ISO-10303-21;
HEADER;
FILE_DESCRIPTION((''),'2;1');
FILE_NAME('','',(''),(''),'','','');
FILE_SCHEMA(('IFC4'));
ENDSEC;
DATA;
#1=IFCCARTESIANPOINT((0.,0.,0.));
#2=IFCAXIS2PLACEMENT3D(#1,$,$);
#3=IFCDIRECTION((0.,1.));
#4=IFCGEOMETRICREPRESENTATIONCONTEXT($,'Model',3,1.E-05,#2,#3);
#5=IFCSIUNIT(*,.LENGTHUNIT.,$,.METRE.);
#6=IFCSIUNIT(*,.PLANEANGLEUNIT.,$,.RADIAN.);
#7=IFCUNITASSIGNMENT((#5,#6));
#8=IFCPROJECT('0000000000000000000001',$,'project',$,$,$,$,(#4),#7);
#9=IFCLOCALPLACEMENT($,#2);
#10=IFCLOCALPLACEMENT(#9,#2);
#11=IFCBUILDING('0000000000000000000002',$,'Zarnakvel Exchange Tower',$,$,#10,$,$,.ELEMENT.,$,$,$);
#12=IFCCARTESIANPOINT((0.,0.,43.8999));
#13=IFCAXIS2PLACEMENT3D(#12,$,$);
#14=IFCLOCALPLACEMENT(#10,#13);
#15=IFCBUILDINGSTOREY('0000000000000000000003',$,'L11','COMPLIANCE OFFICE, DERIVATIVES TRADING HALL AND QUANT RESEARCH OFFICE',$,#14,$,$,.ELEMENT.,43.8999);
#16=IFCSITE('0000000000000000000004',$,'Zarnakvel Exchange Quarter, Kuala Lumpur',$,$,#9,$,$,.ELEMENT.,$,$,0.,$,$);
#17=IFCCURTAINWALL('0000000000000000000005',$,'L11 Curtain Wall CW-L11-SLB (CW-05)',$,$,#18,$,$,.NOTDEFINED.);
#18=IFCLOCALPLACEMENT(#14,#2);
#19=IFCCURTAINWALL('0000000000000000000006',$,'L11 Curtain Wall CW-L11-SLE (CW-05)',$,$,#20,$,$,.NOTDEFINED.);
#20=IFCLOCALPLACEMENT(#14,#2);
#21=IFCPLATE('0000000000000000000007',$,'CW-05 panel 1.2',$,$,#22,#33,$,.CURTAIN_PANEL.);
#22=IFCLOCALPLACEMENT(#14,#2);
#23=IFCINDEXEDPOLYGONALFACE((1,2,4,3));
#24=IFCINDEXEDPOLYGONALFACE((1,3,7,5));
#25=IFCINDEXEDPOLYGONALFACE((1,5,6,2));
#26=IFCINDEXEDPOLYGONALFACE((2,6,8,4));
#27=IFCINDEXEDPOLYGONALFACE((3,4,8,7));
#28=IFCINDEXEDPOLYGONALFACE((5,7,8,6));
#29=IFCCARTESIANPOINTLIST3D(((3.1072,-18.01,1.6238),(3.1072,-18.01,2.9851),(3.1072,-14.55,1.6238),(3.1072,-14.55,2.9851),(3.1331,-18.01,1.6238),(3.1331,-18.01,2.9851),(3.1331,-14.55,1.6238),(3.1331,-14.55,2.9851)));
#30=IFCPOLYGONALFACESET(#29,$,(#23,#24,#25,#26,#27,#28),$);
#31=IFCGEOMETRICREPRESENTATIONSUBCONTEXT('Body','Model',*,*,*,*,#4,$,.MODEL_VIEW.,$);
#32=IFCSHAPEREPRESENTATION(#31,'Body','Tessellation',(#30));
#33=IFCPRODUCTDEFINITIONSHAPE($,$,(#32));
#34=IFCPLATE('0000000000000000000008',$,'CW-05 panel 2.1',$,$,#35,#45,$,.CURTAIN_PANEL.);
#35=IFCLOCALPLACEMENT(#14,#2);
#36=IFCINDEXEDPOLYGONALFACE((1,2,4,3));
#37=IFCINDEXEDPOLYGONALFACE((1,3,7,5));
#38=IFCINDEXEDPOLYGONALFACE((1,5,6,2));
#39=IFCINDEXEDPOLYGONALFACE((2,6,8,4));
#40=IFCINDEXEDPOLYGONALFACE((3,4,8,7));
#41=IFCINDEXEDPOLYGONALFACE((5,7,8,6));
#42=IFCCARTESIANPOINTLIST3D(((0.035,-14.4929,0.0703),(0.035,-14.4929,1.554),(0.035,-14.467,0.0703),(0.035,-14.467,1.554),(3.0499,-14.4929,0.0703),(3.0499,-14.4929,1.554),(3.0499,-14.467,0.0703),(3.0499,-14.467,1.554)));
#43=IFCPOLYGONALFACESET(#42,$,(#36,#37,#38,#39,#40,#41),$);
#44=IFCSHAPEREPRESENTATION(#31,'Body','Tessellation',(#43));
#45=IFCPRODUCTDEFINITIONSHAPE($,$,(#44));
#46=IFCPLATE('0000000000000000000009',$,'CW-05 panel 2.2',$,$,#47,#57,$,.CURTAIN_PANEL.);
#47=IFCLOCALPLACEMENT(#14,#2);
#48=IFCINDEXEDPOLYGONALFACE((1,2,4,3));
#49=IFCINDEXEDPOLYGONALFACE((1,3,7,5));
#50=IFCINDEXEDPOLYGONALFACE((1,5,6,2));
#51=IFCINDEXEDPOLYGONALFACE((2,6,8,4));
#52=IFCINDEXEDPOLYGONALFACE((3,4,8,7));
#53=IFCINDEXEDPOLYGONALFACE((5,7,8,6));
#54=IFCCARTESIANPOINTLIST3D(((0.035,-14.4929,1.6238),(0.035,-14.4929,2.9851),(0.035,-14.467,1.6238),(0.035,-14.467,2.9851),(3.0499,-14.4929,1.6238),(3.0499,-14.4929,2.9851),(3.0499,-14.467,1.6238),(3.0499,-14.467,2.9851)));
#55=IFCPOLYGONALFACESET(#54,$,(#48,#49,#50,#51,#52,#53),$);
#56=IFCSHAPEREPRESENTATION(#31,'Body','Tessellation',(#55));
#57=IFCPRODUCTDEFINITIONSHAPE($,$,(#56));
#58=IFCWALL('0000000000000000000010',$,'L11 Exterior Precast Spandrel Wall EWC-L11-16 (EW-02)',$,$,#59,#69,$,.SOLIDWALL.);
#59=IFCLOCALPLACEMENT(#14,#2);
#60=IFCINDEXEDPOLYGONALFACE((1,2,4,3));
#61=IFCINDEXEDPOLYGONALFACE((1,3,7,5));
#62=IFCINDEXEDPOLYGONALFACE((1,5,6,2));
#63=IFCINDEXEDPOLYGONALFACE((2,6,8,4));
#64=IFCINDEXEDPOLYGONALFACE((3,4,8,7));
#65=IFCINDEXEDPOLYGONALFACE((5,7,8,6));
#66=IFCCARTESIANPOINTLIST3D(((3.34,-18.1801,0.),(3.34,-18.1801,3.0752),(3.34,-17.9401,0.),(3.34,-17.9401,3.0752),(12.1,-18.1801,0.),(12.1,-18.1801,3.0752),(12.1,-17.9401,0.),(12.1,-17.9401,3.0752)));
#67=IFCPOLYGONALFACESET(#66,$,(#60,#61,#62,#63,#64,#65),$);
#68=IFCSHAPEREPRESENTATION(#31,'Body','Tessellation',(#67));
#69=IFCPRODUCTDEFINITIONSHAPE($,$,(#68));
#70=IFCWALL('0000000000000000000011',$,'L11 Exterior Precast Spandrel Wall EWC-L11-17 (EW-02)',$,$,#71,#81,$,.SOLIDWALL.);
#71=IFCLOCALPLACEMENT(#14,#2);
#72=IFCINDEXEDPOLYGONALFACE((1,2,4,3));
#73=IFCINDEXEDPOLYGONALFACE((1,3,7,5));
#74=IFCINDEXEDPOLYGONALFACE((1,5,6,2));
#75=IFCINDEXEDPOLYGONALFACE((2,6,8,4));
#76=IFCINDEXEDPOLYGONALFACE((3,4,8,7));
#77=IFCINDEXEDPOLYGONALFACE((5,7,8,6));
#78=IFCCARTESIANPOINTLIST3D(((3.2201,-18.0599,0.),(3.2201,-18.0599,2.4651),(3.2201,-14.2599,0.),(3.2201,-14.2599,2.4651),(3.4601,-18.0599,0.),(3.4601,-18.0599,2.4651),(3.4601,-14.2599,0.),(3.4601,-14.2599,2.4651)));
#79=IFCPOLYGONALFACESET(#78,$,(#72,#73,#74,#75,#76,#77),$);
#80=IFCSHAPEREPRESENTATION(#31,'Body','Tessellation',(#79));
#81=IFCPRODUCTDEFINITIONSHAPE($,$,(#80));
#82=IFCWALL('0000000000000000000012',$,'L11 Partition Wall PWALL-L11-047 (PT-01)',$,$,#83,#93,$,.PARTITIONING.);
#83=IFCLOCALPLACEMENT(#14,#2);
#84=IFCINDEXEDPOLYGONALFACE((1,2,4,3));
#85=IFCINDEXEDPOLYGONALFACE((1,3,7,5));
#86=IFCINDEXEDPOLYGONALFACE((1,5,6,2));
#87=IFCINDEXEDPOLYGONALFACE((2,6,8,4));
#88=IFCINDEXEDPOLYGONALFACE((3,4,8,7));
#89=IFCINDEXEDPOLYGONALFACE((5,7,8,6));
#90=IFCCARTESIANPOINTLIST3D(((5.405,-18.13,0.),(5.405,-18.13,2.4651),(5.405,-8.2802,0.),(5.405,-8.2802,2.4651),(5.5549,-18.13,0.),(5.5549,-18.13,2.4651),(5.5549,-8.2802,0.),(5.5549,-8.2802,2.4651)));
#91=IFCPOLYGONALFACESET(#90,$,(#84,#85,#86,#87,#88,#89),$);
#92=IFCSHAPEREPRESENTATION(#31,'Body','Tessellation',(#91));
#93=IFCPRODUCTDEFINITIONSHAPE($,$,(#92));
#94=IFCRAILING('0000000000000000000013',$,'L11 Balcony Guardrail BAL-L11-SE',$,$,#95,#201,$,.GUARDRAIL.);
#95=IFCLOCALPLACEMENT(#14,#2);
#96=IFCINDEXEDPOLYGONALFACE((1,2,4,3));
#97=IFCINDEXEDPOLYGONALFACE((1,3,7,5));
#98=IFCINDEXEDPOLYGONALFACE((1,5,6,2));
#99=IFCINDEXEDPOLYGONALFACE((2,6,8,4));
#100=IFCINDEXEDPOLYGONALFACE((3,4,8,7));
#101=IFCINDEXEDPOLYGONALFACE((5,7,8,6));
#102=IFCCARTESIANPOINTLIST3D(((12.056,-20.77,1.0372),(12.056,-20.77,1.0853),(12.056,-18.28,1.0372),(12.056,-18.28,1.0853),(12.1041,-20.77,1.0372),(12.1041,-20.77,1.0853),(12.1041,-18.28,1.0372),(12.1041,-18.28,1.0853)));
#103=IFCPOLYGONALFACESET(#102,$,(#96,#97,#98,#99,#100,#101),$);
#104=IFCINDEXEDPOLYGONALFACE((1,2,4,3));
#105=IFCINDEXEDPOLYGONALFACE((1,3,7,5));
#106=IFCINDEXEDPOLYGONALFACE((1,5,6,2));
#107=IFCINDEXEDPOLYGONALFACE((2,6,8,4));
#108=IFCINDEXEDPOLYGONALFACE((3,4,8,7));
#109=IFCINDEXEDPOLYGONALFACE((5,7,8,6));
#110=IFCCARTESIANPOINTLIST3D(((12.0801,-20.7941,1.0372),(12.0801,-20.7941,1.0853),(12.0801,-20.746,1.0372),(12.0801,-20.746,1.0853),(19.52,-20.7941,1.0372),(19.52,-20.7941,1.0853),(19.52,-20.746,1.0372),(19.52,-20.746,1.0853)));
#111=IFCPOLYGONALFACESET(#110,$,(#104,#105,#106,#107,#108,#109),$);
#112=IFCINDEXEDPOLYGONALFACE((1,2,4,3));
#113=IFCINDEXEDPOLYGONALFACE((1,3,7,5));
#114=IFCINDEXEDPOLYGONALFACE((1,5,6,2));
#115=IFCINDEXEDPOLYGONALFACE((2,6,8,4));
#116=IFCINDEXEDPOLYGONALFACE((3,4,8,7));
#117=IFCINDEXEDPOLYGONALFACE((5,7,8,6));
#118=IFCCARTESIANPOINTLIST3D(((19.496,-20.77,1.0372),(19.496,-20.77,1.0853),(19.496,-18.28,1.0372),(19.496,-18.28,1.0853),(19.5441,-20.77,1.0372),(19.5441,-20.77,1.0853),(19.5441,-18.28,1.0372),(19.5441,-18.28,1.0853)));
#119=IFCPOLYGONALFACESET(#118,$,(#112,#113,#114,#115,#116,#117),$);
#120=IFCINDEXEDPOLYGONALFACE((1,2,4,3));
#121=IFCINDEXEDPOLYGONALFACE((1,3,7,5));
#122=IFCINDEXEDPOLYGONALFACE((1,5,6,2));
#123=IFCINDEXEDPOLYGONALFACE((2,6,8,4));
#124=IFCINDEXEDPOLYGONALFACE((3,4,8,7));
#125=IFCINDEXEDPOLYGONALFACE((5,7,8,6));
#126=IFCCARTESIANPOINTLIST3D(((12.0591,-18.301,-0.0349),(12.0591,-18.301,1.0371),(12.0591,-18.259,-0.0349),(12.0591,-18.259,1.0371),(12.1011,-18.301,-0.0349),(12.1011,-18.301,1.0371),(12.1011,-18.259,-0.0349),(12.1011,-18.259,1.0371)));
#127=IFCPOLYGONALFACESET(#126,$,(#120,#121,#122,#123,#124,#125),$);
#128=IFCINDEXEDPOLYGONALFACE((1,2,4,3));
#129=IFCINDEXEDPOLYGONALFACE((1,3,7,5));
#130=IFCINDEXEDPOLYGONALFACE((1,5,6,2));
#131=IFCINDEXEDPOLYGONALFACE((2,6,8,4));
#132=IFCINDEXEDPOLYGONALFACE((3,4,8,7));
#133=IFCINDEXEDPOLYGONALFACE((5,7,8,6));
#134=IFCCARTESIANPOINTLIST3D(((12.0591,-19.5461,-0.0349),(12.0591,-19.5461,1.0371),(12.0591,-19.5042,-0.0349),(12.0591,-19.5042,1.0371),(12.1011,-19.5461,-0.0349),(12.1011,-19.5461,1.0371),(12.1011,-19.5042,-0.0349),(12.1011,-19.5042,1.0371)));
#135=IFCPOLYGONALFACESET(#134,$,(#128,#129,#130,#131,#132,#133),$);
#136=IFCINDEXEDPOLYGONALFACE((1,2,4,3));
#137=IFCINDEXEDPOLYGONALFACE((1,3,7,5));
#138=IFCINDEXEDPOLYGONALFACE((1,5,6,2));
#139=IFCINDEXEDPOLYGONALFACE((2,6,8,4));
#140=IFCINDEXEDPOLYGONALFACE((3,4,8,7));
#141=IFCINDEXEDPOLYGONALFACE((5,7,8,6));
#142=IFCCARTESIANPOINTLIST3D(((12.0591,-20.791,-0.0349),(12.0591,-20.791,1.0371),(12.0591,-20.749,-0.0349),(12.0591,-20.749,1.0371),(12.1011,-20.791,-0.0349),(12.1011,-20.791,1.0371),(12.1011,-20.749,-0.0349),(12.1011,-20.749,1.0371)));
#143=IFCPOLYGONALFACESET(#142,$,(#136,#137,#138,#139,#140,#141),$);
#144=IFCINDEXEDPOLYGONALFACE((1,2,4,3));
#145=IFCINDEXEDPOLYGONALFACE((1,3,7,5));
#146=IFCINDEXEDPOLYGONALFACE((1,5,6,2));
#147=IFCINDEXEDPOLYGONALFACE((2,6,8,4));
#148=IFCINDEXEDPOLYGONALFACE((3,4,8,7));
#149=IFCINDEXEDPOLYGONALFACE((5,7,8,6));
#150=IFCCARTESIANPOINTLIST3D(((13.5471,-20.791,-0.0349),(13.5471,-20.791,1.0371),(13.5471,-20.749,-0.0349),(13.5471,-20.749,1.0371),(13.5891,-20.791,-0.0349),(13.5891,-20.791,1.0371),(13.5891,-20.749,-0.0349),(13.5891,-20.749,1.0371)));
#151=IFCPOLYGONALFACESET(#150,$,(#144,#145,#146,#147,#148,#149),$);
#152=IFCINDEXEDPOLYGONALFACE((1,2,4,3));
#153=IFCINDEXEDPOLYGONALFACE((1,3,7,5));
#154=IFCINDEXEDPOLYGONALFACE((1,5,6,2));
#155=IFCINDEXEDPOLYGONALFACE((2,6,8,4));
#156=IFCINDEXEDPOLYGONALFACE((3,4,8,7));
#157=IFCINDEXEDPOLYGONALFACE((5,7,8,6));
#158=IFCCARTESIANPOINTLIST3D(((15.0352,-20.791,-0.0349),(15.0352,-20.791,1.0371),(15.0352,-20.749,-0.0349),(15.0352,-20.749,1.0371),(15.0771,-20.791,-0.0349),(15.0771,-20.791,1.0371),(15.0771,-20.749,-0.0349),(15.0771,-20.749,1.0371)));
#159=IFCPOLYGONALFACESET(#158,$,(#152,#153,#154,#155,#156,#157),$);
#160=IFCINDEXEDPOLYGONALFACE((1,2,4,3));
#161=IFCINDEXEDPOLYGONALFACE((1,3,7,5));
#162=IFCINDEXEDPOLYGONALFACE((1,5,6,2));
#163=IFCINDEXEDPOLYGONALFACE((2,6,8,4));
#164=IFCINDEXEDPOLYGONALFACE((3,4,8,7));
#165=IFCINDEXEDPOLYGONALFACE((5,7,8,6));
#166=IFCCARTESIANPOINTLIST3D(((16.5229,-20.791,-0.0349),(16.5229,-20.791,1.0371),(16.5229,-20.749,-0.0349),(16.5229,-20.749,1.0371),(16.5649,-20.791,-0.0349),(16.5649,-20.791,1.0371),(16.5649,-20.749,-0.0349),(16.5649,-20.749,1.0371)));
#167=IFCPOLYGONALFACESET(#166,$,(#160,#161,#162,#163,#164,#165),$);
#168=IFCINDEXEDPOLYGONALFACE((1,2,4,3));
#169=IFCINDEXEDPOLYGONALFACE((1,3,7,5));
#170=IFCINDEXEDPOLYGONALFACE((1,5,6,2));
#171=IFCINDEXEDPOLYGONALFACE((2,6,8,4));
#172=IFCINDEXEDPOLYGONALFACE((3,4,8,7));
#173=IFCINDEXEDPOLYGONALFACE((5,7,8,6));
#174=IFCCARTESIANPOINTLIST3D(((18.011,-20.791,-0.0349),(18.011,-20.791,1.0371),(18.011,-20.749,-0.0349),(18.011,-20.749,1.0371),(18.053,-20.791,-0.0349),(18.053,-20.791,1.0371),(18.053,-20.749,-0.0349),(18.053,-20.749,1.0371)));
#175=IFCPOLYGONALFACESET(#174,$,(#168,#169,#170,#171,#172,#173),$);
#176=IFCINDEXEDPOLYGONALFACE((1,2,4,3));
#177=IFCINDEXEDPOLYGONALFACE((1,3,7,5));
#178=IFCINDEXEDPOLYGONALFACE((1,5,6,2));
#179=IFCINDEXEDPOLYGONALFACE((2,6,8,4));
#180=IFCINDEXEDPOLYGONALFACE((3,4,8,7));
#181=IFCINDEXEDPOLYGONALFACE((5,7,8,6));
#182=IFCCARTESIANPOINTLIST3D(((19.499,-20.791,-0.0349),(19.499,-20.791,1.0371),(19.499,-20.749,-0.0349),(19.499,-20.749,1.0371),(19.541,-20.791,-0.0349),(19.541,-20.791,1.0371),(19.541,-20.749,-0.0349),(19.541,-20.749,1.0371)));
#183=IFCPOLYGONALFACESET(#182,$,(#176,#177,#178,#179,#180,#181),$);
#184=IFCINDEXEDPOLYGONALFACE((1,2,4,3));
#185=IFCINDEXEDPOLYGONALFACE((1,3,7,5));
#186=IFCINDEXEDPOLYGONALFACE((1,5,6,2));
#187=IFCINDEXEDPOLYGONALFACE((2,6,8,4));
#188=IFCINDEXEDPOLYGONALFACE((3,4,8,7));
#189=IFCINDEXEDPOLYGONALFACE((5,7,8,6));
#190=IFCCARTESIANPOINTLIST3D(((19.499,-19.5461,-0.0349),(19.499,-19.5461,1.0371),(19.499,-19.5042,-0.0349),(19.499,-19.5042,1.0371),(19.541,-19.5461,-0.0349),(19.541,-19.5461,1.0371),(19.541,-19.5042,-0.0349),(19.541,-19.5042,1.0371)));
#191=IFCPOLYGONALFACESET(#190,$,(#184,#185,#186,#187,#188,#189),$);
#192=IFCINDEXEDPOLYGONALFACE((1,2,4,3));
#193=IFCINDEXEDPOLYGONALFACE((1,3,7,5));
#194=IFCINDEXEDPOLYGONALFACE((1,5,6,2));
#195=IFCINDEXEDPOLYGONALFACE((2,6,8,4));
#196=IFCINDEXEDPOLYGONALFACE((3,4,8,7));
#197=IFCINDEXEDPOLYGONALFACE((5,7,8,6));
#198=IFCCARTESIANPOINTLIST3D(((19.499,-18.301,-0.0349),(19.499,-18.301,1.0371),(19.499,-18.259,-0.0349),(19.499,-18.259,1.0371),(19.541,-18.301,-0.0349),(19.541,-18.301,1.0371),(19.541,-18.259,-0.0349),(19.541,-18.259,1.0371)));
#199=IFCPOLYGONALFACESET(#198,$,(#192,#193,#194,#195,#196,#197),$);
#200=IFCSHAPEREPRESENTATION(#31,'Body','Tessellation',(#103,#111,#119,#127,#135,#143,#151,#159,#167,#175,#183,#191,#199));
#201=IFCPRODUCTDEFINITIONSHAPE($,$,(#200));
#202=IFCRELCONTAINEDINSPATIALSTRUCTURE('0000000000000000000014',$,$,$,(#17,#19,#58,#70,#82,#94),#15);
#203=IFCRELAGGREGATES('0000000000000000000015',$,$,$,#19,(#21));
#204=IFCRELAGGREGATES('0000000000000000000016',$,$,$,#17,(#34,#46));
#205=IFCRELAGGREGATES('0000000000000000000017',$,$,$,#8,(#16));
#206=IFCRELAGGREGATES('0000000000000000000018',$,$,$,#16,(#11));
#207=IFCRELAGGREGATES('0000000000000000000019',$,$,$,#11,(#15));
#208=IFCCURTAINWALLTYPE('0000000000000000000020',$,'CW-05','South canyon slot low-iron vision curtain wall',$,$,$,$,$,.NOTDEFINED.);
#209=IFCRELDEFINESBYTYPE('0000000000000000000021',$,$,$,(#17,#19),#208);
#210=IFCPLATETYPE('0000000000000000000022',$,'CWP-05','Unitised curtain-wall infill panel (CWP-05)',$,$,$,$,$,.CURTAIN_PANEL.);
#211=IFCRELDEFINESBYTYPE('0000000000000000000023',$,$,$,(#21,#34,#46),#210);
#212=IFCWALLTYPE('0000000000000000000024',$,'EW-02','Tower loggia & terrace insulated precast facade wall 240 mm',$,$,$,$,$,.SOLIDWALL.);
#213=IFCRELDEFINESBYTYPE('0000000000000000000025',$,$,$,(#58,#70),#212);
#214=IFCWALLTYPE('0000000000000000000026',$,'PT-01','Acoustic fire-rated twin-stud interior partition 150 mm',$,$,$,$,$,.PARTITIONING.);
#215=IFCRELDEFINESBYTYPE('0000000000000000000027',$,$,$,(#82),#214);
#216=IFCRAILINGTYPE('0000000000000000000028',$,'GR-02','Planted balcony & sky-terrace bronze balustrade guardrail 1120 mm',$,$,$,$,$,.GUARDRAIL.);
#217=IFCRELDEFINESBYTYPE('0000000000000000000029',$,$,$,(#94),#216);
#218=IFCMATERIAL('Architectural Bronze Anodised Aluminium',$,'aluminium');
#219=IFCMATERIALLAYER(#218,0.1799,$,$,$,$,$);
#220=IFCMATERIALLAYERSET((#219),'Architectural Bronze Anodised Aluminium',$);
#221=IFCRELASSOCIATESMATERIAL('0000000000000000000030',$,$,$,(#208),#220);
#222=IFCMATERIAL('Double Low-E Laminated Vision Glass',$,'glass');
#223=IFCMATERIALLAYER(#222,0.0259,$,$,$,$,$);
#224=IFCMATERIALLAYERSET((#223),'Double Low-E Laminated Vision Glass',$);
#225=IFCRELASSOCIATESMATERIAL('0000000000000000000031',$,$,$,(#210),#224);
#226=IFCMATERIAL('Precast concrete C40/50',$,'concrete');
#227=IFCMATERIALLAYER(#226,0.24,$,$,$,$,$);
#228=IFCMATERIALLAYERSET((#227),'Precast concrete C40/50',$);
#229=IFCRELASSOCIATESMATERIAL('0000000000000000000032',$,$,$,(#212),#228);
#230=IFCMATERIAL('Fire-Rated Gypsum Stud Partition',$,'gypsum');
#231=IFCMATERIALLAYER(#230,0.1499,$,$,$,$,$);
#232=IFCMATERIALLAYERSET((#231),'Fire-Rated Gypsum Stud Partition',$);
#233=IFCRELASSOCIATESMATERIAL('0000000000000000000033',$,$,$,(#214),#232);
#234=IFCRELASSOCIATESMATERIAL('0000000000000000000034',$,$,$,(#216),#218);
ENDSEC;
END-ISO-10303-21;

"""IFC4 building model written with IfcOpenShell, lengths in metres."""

from ifc_helpers import new_model, si_unit, direction, frame, frame_2d, origin, origin_2d, place, context, subcontext, project, spatial, rectangle, extrude, source, transform, mapped, material, layer, layer_set, type_object, element, aggregate, save


model = new_model("IFC4")

# Units and contexts
model_context = context("Model", 3, precision=1e-05, world=origin(), true_north=direction((0.0, 1.0)))
body_context = subcontext(model_context, "Body", "Model", "MODEL_VIEW")
ifc_project = project(units=[si_unit("LENGTHUNIT", "METRE"), si_unit("PLANEANGLEUNIT", "RADIAN")], contexts=[model_context])

# Site, building, storey
site_placement = place(None, origin())
site = spatial("IfcSite", under=ifc_project, at=site_placement, Name="Zarnakvel Exchange Quarter, Kuala Lumpur", CompositionType="ELEMENT", RefElevation=0.0)
building_placement = place(site_placement, origin())
building = spatial("IfcBuilding", under=site, at=building_placement, Name="Zarnakvel Exchange Tower", CompositionType="ELEMENT")
storey_placement = place(building_placement, frame((0.0, 0.0, 43.8999)))
storey = spatial("IfcBuildingStorey", under=building, at=storey_placement, Name="L11", Description="COMPLIANCE OFFICE, DERIVATIVES TRADING HALL AND QUANT RESEARCH OFFICE", CompositionType="ELEMENT", Elevation=43.8999)

# Curtain wall
ifc_material_1 = material(Name="Architectural Bronze Anodised Aluminium", Category="aluminium")
ifc_layer_1 = layer(ifc_material_1, 0.1799)
ifc_layer_set_1 = layer_set([ifc_layer_1], Name="Architectural Bronze Anodised Aluminium")
curtain_wall_type = type_object("IfcCurtainWallType", Name="CW-05", Description="South canyon slot low-iron vision curtain wall", PredefinedType="NOTDEFINED", material=ifc_layer_set_1)
curtain_wall_1_placement = place(storey_placement, origin())
curtain_wall_1 = element("IfcCurtainWall", 1, at=curtain_wall_1_placement, inside=storey, type_object=curtain_wall_type, Name="L11 Curtain Wall CW-L11-SLB (CW-05)", PredefinedType="NOTDEFINED")

# Curtain wall
curtain_wall_2_placement = place(storey_placement, origin())
curtain_wall_2 = element("IfcCurtainWall", 2, at=curtain_wall_2_placement, inside=storey, type_object=curtain_wall_type, Name="L11 Curtain Wall CW-L11-SLE (CW-05)", PredefinedType="NOTDEFINED")

# Plates
ifc_material_2 = material(Name="Double Low-E Laminated Vision Glass", Category="glass")
ifc_layer_2 = layer(ifc_material_2, 0.0259)
ifc_layer_set_2 = layer_set([ifc_layer_2], Name="Double Low-E Laminated Vision Glass")
plate_type = type_object("IfcPlateType", Name="CWP-05", Description="Unitised curtain-wall infill panel (CWP-05)", PredefinedType="CURTAIN_PANEL", material=ifc_layer_set_2)
shared_shape_1 = source(origin(), body_context, "Body", "SweptSolid", [
    extrude(rectangle(XDim=3.46, YDim=0.0259, at=origin_2d()), origin(), (0.0, 0.0, 1.0), 1.3613),
])
plate_1_placement = place(storey_placement, frame((3.1201, -16.28, 1.6238), z_axis=(0.0, 0.0, 1.0), x_axis=(0.0, -1.0, 0.0)))
plate_1 = element("IfcPlate", 3, at=plate_1_placement, type_object=plate_type, Name="CW-05 panel 1.2", PredefinedType="CURTAIN_PANEL", context=body_context, shape_type="MappedRepresentation", body=[
    mapped(shared_shape_1, transform((0.0, 0.0, 0.0), x_axis=(1.0, 0.0, 0.0), y_axis=(0.0, 1.0, 0.0), z_axis=(0.0, 0.0, 1.0), scale=1.0)),
])
aggregate(curtain_wall_2, [plate_1])
shared_shape_2 = source(origin(), body_context, "Body", "SweptSolid", [
    extrude(rectangle(XDim=3.0149, YDim=0.0259, at=origin_2d()), origin(), (0.0, 0.0, 1.0), 1.4836),
])
plate_2_placement = place(storey_placement, frame((1.5425, -14.48, 0.0703), z_axis=(0.0, 0.0, 1.0), x_axis=(1.0, 0.0, 0.0)))
plate_2 = element("IfcPlate", 4, at=plate_2_placement, type_object=plate_type, Name="CW-05 panel 2.1", PredefinedType="CURTAIN_PANEL", context=body_context, shape_type="MappedRepresentation", body=[
    mapped(shared_shape_2, transform((0.0, 0.0, 0.0), x_axis=(1.0, 0.0, 0.0), y_axis=(0.0, 1.0, 0.0), z_axis=(0.0, 0.0, 1.0), scale=1.0)),
])
shared_shape_3 = source(origin(), body_context, "Body", "SweptSolid", [
    extrude(rectangle(XDim=3.0149, YDim=0.0259, at=origin_2d()), origin(), (0.0, 0.0, 1.0), 1.3613),
])
plate_3_placement = place(storey_placement, frame((1.5425, -14.48, 1.6238), z_axis=(0.0, 0.0, 1.0), x_axis=(1.0, 0.0, 0.0)))
plate_3 = element("IfcPlate", 5, at=plate_3_placement, type_object=plate_type, Name="CW-05 panel 2.2", PredefinedType="CURTAIN_PANEL", context=body_context, shape_type="MappedRepresentation", body=[
    mapped(shared_shape_3, transform((0.0, 0.0, 0.0), x_axis=(1.0, 0.0, 0.0), y_axis=(0.0, 1.0, 0.0), z_axis=(0.0, 0.0, 1.0), scale=1.0)),
])
aggregate(curtain_wall_1, [plate_2, plate_3])

# Walls
ifc_material_3 = material(Name="Precast concrete C40/50", Category="concrete")
ifc_layer_3 = layer(ifc_material_3, 0.24)
ifc_layer_set_3 = layer_set([ifc_layer_3], Name="Precast concrete C40/50")
wall_type_1 = type_object("IfcWallType", Name="EW-02", Description="Tower loggia & terrace insulated precast facade wall 240 mm", PredefinedType="SOLIDWALL", material=ifc_layer_set_3)
wall_1_placement = place(storey_placement, frame((3.3401, -18.0601, 0.0), z_axis=(0.0, 0.0, 1.0), x_axis=(1.0, 0.0, 0.0)))
element("IfcWall", 6, at=wall_1_placement, inside=storey, type_object=wall_type_1, Name="L11 Exterior Precast Spandrel Wall EWC-L11-16 (EW-02)", PredefinedType="SOLIDWALL", context=body_context, shape_type="SweptSolid", body=[
    extrude(rectangle(XDim=8.76, YDim=0.24, at=frame_2d((4.3799, 0.0))), origin(), (0.0, 0.0, 1.0), 3.0752),
])
wall_2_placement = place(storey_placement, frame((3.3401, -14.26, 0.0), z_axis=(0.0, 0.0, 1.0), x_axis=(0.0, -1.0, 0.0)))
element("IfcWall", 7, at=wall_2_placement, inside=storey, type_object=wall_type_1, Name="L11 Exterior Precast Spandrel Wall EWC-L11-17 (EW-02)", PredefinedType="SOLIDWALL", context=body_context, shape_type="SweptSolid", body=[
    extrude(rectangle(XDim=3.8, YDim=0.24, at=frame_2d((1.8999, 0.0))), origin(), (0.0, 0.0, 1.0), 2.4651),
])
ifc_material_4 = material(Name="Fire-Rated Gypsum Stud Partition", Category="gypsum")
ifc_layer_4 = layer(ifc_material_4, 0.1499)
ifc_layer_set_4 = layer_set([ifc_layer_4], Name="Fire-Rated Gypsum Stud Partition")
wall_type_2 = type_object("IfcWallType", Name="PT-01", Description="Acoustic fire-rated twin-stud interior partition 150 mm", PredefinedType="PARTITIONING", material=ifc_layer_set_4)
wall_3_placement = place(storey_placement, frame((5.48, -18.1299, 0.0), z_axis=(0.0, 0.0, 1.0), x_axis=(0.0, 1.0, 0.0)))
element("IfcWall", 8, at=wall_3_placement, inside=storey, type_object=wall_type_2, Name="L11 Partition Wall PWALL-L11-047 (PT-01)", PredefinedType="PARTITIONING", context=body_context, shape_type="SweptSolid", body=[
    extrude(rectangle(XDim=9.8499, YDim=0.1499, at=frame_2d((4.9248, 0.0))), origin(), (0.0, 0.0, 1.0), 2.4651),
])

# Railing
railing_type = type_object("IfcRailingType", Name="GR-02", Description="Planted balcony & sky-terrace bronze balustrade guardrail 1120 mm", PredefinedType="GUARDRAIL", material=ifc_material_1)
railing_1_placement = place(storey_placement, frame((12.0801, -18.28, -0.0349)))
element("IfcRailing", 9, at=railing_1_placement, inside=storey, type_object=railing_type, Name="L11 Balcony Guardrail BAL-L11-SE", PredefinedType="GUARDRAIL", context=body_context, shape_type="SweptSolid", body=[
    extrude(rectangle(XDim=0.0481, YDim=0.0481, at=origin_2d()), frame((0.0, 0.0, 1.0962), z_axis=(0.0, -1.0, 0.0), x_axis=(1.0, 0.0, 0.0)), (0.0, 0.0, 1.0), 2.49),
    extrude(rectangle(XDim=0.0481, YDim=0.0481, at=origin_2d()), frame((0.0, -2.49, 1.0962), z_axis=(1.0, 0.0, 0.0), x_axis=(0.0, 1.0, 0.0)), (0.0, 0.0, 1.0), 7.4399),
    extrude(rectangle(XDim=0.0481, YDim=0.0481, at=origin_2d()), frame((7.4399, -2.49, 1.0962), z_axis=(0.0, 1.0, 0.0), x_axis=(-1.0, 0.0, 0.0)), (0.0, 0.0, 1.0), 2.49),
    extrude(rectangle(XDim=0.042, YDim=0.042, at=origin_2d()), origin(), (0.0, 0.0, 1.0), 1.072),
    extrude(rectangle(XDim=0.042, YDim=0.042, at=origin_2d()), frame((0.0, -1.2451, 0.0)), (0.0, 0.0, 1.0), 1.072),
    extrude(rectangle(XDim=0.042, YDim=0.042, at=origin_2d()), frame((0.0, -2.49, 0.0)), (0.0, 0.0, 1.0), 1.072),
    extrude(rectangle(XDim=0.042, YDim=0.042, at=origin_2d()), frame((1.488, -2.49, 0.0)), (0.0, 0.0, 1.0), 1.072),
    extrude(rectangle(XDim=0.042, YDim=0.042, at=origin_2d()), frame((2.9761, -2.49, 0.0)), (0.0, 0.0, 1.0), 1.072),
    extrude(rectangle(XDim=0.042, YDim=0.042, at=origin_2d()), frame((4.4639, -2.49, 0.0)), (0.0, 0.0, 1.0), 1.072),
    extrude(rectangle(XDim=0.042, YDim=0.042, at=origin_2d()), frame((5.9519, -2.49, 0.0)), (0.0, 0.0, 1.0), 1.072),
    extrude(rectangle(XDim=0.042, YDim=0.042, at=origin_2d()), frame((7.4399, -2.49, 0.0)), (0.0, 0.0, 1.0), 1.072),
    extrude(rectangle(XDim=0.042, YDim=0.042, at=origin_2d()), frame((7.4399, -1.2451, 0.0)), (0.0, 0.0, 1.0), 1.072),
    extrude(rectangle(XDim=0.042, YDim=0.042, at=origin_2d()), frame((7.4399, 0.0, 0.0)), (0.0, 0.0, 1.0), 1.072),
])

save(model, "model.ifc")
